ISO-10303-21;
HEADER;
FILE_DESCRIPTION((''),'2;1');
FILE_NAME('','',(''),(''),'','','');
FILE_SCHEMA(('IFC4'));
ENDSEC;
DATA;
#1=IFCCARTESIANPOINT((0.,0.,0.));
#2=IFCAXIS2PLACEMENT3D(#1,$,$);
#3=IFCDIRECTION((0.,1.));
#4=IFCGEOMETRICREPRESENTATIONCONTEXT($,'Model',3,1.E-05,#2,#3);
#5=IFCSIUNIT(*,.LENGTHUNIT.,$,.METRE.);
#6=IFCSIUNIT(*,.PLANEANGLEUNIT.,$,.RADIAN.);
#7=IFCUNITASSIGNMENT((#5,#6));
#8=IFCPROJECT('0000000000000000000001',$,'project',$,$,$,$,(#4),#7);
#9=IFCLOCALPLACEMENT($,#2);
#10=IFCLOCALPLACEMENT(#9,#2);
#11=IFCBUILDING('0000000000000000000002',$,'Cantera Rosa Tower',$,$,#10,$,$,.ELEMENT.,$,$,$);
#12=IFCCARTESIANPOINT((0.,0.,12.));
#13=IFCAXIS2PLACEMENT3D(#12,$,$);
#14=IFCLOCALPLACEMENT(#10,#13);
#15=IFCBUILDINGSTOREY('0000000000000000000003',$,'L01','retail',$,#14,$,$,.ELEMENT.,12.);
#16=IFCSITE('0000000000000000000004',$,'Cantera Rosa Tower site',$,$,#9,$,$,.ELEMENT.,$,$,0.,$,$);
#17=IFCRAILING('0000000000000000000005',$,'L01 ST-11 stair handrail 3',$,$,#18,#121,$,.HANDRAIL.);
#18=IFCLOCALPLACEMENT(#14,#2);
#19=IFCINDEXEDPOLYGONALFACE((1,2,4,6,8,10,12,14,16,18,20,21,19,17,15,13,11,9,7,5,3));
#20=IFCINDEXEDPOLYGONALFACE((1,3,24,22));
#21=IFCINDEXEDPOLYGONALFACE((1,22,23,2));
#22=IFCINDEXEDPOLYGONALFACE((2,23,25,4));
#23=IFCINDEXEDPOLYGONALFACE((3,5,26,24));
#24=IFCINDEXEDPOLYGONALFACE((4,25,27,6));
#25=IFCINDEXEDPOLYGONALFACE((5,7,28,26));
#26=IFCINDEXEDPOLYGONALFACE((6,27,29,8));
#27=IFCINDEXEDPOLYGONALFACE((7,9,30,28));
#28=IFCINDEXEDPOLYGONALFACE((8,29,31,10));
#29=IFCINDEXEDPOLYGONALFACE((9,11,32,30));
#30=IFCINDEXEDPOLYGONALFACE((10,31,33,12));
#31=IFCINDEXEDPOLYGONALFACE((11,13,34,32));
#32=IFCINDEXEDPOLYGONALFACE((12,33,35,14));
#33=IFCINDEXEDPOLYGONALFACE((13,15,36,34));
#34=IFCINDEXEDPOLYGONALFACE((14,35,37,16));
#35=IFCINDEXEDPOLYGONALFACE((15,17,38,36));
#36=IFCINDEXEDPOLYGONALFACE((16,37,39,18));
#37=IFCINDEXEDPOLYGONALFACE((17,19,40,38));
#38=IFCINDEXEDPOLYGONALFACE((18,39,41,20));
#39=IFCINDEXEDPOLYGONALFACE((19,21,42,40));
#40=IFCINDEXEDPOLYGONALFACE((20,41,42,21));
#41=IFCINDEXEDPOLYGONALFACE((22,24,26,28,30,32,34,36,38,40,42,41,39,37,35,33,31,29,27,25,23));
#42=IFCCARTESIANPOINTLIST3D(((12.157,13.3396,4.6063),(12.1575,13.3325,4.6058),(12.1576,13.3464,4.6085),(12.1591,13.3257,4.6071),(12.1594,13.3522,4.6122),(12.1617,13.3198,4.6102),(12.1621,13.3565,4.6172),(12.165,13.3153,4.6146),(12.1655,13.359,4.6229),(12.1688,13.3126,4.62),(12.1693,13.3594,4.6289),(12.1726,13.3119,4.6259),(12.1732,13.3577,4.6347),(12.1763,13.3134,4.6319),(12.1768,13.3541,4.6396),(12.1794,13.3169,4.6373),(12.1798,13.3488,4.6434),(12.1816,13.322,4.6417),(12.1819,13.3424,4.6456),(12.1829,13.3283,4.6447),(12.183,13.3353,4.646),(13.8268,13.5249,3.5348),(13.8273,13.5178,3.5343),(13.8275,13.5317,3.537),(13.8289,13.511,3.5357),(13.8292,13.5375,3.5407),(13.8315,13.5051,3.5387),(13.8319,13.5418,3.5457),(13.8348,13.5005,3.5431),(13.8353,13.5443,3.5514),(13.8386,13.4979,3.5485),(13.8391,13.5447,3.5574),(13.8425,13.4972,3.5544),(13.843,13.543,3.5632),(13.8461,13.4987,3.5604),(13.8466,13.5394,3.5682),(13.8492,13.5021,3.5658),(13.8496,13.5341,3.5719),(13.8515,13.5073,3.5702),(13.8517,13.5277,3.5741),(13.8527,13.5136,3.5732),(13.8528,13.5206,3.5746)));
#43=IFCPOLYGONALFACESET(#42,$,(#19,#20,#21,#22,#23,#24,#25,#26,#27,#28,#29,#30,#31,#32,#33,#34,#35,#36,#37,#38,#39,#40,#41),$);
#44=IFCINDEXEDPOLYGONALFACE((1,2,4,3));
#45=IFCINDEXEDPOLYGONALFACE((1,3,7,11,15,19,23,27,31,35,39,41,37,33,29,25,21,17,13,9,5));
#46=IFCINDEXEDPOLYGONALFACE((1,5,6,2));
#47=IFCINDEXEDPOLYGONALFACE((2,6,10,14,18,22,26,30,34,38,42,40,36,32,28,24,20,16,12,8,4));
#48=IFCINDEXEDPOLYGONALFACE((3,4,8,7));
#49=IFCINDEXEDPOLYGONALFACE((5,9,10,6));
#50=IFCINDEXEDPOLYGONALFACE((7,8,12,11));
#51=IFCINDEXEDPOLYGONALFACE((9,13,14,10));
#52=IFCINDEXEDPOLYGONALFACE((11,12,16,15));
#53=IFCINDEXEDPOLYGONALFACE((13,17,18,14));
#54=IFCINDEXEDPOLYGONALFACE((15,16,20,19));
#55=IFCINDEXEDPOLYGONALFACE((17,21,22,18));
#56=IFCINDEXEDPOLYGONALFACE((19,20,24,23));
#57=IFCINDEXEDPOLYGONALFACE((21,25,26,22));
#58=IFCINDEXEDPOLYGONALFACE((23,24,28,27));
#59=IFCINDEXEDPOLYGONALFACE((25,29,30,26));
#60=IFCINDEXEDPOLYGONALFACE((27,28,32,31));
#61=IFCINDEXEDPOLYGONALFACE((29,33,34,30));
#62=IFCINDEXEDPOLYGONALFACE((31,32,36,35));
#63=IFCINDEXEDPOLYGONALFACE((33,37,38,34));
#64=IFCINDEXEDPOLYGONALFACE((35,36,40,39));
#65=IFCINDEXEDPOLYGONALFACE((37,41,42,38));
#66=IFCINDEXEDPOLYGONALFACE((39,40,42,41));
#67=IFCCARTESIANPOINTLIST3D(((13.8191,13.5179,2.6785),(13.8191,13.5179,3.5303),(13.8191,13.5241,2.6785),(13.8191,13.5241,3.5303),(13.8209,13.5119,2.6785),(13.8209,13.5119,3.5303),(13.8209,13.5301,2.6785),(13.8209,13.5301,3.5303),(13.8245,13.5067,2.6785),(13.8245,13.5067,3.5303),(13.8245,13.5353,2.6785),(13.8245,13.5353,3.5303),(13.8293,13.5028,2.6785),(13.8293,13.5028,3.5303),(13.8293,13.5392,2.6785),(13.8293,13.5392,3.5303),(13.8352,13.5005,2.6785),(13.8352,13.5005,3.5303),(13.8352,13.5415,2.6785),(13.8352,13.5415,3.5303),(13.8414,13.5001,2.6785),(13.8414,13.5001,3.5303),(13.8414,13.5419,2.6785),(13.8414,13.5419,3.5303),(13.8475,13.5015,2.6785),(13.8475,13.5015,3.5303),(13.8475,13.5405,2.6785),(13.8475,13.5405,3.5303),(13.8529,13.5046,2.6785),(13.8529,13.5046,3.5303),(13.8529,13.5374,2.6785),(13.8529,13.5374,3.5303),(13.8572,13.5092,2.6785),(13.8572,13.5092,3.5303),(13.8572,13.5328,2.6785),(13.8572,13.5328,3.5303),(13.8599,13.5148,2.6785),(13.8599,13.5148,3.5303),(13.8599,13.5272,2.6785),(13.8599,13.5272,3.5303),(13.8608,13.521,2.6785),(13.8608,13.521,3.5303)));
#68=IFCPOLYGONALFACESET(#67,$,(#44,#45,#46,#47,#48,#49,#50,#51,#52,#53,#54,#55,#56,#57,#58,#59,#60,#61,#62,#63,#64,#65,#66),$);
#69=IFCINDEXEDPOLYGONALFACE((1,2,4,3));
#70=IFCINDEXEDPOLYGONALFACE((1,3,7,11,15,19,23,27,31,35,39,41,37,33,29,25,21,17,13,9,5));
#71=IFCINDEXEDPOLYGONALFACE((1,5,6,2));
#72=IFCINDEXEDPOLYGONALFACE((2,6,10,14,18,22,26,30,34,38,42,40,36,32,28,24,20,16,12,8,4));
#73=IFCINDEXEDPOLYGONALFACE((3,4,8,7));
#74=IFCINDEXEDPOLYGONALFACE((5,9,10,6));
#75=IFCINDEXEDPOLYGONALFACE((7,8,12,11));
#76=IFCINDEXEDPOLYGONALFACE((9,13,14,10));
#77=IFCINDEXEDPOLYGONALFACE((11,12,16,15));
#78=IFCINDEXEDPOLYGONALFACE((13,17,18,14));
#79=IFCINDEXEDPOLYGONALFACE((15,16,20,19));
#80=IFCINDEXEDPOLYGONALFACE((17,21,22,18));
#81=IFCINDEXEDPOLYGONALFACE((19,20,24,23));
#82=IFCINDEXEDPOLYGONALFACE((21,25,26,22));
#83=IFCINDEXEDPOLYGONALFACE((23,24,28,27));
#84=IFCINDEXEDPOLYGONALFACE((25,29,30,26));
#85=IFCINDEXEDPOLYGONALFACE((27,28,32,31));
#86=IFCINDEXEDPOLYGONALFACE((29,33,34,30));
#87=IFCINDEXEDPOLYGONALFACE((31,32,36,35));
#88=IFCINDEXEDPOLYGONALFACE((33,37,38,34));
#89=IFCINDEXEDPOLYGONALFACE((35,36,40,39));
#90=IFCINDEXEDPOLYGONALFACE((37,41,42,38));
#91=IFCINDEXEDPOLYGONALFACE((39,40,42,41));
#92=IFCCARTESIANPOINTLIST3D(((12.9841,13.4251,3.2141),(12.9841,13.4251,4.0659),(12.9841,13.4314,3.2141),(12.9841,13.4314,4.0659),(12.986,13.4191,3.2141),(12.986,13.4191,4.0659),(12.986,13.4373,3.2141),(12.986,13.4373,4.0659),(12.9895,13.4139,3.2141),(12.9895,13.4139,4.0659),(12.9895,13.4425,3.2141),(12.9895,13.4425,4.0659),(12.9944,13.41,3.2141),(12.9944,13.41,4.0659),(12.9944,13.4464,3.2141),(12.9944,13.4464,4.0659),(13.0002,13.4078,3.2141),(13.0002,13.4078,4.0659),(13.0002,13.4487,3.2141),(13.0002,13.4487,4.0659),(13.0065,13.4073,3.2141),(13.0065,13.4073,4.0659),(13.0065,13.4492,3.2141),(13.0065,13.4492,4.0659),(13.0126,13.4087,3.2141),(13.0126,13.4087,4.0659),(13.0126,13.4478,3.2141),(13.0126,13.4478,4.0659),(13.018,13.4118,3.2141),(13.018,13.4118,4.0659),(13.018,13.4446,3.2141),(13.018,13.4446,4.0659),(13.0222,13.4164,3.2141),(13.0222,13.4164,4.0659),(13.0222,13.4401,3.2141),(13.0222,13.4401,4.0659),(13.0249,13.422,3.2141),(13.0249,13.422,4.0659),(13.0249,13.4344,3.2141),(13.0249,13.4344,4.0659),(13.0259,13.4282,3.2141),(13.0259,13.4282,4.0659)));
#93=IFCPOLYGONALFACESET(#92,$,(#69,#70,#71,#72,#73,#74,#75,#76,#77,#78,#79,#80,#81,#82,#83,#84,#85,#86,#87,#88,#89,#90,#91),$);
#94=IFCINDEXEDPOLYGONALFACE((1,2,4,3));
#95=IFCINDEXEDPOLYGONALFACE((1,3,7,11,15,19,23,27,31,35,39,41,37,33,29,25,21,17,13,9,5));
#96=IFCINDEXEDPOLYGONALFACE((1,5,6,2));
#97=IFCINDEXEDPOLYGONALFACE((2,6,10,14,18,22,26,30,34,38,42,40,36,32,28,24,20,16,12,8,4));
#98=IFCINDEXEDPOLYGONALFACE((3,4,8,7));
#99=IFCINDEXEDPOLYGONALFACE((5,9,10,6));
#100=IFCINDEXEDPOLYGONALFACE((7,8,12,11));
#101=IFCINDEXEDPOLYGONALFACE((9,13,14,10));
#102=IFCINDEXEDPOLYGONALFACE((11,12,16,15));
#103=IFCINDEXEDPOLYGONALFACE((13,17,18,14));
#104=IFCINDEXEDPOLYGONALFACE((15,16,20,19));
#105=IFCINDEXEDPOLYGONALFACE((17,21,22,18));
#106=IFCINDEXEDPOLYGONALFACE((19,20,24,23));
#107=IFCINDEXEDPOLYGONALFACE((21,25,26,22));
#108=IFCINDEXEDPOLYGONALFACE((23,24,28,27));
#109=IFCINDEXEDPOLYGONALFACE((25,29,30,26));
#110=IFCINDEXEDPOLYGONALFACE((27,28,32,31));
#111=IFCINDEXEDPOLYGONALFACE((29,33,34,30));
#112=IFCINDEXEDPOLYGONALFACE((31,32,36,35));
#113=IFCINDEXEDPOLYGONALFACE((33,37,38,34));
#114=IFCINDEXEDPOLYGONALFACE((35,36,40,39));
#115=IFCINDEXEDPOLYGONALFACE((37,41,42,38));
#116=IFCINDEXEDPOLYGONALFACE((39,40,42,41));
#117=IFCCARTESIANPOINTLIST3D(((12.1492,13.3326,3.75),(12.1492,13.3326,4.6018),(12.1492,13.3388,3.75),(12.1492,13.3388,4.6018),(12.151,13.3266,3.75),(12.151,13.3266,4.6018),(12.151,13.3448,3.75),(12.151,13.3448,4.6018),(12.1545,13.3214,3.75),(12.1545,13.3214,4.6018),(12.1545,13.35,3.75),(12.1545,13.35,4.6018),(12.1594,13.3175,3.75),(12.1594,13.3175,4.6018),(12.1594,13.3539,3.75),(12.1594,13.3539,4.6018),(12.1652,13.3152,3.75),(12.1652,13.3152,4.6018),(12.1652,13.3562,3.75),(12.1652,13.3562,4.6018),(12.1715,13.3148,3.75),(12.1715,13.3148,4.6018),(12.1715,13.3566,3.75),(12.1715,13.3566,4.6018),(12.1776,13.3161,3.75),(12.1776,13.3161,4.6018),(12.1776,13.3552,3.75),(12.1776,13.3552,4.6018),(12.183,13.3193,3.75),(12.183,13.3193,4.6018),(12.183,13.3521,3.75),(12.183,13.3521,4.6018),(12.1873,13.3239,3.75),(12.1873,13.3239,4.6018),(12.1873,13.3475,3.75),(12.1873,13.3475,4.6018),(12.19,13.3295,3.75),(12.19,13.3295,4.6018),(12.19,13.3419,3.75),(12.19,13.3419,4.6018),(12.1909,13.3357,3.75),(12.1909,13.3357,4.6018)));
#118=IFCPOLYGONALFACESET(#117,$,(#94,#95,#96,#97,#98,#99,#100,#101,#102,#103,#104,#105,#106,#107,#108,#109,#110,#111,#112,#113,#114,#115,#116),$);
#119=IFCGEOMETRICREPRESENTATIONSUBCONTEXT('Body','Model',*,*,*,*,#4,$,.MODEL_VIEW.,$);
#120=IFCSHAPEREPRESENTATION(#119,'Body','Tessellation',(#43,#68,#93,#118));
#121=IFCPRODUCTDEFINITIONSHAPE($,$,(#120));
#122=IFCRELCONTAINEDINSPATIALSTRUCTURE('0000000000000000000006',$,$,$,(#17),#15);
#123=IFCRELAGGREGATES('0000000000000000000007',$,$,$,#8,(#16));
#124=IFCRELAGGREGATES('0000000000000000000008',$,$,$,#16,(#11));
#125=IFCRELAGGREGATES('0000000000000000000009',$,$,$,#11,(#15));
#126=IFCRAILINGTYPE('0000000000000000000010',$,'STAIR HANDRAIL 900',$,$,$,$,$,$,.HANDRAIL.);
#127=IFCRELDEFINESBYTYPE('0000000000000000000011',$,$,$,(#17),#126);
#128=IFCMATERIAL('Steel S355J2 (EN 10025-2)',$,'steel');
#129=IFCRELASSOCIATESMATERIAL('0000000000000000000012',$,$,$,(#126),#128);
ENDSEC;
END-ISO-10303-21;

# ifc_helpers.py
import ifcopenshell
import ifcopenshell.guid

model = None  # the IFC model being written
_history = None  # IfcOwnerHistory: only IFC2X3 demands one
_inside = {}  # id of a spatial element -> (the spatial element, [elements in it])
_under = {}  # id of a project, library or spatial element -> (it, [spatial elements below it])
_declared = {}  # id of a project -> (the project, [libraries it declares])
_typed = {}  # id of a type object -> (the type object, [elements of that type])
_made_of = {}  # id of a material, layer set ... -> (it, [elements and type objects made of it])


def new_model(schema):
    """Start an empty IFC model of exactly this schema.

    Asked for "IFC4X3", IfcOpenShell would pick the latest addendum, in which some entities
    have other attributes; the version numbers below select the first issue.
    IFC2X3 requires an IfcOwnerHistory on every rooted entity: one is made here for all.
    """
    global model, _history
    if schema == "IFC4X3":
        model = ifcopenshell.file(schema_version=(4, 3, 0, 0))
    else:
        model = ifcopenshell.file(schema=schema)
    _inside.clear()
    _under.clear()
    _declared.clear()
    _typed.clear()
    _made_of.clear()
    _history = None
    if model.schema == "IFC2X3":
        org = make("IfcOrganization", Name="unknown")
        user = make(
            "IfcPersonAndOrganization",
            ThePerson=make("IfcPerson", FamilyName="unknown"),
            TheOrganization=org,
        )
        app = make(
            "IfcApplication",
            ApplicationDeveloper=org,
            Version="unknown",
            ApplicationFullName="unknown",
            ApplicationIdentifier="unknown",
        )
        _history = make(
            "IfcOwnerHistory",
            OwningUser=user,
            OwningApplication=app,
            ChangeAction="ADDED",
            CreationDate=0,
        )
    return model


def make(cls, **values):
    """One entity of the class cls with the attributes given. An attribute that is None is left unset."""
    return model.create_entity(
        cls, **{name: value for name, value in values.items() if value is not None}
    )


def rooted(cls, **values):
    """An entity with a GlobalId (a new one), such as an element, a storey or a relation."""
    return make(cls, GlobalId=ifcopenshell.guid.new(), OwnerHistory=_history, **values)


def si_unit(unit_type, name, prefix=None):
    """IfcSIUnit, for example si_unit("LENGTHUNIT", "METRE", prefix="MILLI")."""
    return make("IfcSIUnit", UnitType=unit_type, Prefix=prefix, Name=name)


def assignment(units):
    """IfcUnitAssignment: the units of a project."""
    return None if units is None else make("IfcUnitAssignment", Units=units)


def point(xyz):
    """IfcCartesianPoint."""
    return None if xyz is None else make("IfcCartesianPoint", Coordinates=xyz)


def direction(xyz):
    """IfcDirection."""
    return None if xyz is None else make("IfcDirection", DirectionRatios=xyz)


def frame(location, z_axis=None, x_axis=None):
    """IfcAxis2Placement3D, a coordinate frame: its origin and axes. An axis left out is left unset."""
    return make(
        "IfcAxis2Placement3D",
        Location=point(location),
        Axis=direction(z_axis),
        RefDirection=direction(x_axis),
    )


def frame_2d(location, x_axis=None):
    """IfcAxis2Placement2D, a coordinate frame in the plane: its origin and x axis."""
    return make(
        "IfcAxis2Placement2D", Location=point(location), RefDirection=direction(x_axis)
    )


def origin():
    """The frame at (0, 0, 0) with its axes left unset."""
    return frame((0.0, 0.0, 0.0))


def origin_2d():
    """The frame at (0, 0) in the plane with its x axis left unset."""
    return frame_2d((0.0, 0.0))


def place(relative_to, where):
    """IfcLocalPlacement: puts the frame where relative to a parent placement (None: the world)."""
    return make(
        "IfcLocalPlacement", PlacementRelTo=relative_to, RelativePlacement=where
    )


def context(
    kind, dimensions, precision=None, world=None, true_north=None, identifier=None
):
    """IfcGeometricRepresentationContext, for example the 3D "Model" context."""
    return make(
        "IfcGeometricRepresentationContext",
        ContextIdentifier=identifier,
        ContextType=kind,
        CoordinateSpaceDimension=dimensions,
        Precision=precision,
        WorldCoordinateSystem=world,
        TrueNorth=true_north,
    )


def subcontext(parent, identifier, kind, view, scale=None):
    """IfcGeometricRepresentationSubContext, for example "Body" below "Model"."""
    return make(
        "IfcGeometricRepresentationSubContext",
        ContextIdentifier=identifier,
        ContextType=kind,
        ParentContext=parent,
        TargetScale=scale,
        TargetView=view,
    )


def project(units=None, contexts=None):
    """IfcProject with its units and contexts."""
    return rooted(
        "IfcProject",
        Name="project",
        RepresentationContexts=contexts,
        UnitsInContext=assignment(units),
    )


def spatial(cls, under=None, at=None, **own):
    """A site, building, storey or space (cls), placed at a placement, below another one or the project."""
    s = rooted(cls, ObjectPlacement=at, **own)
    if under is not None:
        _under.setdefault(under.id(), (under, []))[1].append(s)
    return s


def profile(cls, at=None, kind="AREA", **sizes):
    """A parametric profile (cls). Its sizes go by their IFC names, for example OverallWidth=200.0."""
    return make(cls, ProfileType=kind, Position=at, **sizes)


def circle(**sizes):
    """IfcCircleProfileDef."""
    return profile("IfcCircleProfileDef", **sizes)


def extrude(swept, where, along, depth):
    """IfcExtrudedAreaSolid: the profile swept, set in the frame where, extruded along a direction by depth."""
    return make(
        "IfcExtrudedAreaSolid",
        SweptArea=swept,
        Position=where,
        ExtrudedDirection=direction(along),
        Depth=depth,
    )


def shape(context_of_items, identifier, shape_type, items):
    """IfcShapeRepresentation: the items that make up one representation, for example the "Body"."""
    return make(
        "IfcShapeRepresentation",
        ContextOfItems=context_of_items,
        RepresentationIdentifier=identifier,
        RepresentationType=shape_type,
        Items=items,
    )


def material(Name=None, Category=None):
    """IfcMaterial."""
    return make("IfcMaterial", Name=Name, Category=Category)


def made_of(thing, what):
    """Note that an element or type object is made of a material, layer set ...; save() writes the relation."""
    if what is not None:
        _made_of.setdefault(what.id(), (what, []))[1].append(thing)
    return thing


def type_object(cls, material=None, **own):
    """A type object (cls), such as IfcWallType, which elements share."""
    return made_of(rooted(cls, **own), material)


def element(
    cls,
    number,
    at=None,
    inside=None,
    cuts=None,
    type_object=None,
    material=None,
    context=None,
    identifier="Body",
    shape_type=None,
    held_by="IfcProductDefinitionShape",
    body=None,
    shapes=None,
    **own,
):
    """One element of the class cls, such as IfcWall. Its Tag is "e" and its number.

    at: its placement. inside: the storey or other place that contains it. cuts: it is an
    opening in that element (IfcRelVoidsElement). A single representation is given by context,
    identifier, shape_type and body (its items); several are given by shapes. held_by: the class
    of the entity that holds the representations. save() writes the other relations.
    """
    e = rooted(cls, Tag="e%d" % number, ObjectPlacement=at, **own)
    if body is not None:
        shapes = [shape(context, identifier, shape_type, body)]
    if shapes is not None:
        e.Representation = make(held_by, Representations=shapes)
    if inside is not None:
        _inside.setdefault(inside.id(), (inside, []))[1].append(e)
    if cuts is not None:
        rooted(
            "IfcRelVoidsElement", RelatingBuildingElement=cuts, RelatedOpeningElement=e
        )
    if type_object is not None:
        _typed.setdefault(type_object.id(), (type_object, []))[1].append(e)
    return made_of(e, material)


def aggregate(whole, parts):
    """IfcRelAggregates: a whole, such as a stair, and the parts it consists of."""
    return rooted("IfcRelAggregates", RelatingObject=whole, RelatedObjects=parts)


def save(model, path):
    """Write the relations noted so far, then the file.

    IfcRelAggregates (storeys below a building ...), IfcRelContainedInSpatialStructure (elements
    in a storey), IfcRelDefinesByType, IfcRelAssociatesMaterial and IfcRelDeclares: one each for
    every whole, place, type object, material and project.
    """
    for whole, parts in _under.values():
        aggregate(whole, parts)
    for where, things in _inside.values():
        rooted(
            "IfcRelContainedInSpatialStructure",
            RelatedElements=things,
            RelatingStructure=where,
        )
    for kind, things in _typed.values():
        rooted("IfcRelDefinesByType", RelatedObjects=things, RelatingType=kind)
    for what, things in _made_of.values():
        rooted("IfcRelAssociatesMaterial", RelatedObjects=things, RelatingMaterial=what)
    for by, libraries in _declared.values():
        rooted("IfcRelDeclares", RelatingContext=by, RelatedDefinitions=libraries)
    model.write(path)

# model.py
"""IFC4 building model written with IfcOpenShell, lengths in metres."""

from ifc_helpers import new_model, si_unit, direction, frame, origin, origin_2d, place, context, subcontext, project, spatial, circle, extrude, material, type_object, element, save


model = new_model("IFC4")

# Units and contexts
model_context = context("Model", 3, precision=1e-05, world=origin(), true_north=direction((0.0, 1.0)))
body_context = subcontext(model_context, "Body", "Model", "MODEL_VIEW")
ifc_project = project(units=[si_unit("LENGTHUNIT", "METRE"), si_unit("PLANEANGLEUNIT", "RADIAN")], contexts=[model_context])

# Site, building, storey
site_placement = place(None, origin())
site = spatial("IfcSite", under=ifc_project, at=site_placement, Name="Cantera Rosa Tower site", CompositionType="ELEMENT", RefElevation=0.0)
building_placement = place(site_placement, origin())
building = spatial("IfcBuilding", under=site, at=building_placement, Name="Cantera Rosa Tower", CompositionType="ELEMENT")
storey_placement = place(building_placement, frame((0.0, 0.0, 12.0)))
storey = spatial("IfcBuildingStorey", under=building, at=storey_placement, Name="L01", Description="retail", CompositionType="ELEMENT", Elevation=12.0)

# Railing
ifc_material_1 = material(Name="Steel S355J2 (EN 10025-2)", Category="steel")
railing_type_1 = type_object("IfcRailingType", Name="STAIR HANDRAIL 900", PredefinedType="HANDRAIL", material=ifc_material_1)
railing_1_placement = place(storey_placement, frame((13.8398, 13.521, 2.6785)))
element("IfcRailing", 1, at=railing_1_placement, inside=storey, type_object=railing_type_1, Name="L01 ST-11 stair handrail 3", PredefinedType="HANDRAIL", context=body_context, shape_type="SweptSolid", body=[
    extrude(circle(Radius=0.0239, at=origin_2d()), frame((0.0, 0.0, 0.876), z_axis=(-0.837987, -0.092987, 0.537709), x_axis=(0.110288, -0.9939, 0.0)), (0.0, 0.0, 1.0), 1.9927),
    extrude(circle(Radius=0.021, at=origin_2d()), origin(), (0.0, 0.0, 1.0), 0.8518),
    extrude(circle(Radius=0.021, at=origin_2d()), frame((-0.835, -0.0928, 0.5356)), (0.0, 0.0, 1.0), 0.8518),
    extrude(circle(Radius=0.021, at=origin_2d()), frame((-1.6699, -0.1853, 1.0715)), (0.0, 0.0, 1.0), 0.8518),
])

save(model, "model.ifc")
